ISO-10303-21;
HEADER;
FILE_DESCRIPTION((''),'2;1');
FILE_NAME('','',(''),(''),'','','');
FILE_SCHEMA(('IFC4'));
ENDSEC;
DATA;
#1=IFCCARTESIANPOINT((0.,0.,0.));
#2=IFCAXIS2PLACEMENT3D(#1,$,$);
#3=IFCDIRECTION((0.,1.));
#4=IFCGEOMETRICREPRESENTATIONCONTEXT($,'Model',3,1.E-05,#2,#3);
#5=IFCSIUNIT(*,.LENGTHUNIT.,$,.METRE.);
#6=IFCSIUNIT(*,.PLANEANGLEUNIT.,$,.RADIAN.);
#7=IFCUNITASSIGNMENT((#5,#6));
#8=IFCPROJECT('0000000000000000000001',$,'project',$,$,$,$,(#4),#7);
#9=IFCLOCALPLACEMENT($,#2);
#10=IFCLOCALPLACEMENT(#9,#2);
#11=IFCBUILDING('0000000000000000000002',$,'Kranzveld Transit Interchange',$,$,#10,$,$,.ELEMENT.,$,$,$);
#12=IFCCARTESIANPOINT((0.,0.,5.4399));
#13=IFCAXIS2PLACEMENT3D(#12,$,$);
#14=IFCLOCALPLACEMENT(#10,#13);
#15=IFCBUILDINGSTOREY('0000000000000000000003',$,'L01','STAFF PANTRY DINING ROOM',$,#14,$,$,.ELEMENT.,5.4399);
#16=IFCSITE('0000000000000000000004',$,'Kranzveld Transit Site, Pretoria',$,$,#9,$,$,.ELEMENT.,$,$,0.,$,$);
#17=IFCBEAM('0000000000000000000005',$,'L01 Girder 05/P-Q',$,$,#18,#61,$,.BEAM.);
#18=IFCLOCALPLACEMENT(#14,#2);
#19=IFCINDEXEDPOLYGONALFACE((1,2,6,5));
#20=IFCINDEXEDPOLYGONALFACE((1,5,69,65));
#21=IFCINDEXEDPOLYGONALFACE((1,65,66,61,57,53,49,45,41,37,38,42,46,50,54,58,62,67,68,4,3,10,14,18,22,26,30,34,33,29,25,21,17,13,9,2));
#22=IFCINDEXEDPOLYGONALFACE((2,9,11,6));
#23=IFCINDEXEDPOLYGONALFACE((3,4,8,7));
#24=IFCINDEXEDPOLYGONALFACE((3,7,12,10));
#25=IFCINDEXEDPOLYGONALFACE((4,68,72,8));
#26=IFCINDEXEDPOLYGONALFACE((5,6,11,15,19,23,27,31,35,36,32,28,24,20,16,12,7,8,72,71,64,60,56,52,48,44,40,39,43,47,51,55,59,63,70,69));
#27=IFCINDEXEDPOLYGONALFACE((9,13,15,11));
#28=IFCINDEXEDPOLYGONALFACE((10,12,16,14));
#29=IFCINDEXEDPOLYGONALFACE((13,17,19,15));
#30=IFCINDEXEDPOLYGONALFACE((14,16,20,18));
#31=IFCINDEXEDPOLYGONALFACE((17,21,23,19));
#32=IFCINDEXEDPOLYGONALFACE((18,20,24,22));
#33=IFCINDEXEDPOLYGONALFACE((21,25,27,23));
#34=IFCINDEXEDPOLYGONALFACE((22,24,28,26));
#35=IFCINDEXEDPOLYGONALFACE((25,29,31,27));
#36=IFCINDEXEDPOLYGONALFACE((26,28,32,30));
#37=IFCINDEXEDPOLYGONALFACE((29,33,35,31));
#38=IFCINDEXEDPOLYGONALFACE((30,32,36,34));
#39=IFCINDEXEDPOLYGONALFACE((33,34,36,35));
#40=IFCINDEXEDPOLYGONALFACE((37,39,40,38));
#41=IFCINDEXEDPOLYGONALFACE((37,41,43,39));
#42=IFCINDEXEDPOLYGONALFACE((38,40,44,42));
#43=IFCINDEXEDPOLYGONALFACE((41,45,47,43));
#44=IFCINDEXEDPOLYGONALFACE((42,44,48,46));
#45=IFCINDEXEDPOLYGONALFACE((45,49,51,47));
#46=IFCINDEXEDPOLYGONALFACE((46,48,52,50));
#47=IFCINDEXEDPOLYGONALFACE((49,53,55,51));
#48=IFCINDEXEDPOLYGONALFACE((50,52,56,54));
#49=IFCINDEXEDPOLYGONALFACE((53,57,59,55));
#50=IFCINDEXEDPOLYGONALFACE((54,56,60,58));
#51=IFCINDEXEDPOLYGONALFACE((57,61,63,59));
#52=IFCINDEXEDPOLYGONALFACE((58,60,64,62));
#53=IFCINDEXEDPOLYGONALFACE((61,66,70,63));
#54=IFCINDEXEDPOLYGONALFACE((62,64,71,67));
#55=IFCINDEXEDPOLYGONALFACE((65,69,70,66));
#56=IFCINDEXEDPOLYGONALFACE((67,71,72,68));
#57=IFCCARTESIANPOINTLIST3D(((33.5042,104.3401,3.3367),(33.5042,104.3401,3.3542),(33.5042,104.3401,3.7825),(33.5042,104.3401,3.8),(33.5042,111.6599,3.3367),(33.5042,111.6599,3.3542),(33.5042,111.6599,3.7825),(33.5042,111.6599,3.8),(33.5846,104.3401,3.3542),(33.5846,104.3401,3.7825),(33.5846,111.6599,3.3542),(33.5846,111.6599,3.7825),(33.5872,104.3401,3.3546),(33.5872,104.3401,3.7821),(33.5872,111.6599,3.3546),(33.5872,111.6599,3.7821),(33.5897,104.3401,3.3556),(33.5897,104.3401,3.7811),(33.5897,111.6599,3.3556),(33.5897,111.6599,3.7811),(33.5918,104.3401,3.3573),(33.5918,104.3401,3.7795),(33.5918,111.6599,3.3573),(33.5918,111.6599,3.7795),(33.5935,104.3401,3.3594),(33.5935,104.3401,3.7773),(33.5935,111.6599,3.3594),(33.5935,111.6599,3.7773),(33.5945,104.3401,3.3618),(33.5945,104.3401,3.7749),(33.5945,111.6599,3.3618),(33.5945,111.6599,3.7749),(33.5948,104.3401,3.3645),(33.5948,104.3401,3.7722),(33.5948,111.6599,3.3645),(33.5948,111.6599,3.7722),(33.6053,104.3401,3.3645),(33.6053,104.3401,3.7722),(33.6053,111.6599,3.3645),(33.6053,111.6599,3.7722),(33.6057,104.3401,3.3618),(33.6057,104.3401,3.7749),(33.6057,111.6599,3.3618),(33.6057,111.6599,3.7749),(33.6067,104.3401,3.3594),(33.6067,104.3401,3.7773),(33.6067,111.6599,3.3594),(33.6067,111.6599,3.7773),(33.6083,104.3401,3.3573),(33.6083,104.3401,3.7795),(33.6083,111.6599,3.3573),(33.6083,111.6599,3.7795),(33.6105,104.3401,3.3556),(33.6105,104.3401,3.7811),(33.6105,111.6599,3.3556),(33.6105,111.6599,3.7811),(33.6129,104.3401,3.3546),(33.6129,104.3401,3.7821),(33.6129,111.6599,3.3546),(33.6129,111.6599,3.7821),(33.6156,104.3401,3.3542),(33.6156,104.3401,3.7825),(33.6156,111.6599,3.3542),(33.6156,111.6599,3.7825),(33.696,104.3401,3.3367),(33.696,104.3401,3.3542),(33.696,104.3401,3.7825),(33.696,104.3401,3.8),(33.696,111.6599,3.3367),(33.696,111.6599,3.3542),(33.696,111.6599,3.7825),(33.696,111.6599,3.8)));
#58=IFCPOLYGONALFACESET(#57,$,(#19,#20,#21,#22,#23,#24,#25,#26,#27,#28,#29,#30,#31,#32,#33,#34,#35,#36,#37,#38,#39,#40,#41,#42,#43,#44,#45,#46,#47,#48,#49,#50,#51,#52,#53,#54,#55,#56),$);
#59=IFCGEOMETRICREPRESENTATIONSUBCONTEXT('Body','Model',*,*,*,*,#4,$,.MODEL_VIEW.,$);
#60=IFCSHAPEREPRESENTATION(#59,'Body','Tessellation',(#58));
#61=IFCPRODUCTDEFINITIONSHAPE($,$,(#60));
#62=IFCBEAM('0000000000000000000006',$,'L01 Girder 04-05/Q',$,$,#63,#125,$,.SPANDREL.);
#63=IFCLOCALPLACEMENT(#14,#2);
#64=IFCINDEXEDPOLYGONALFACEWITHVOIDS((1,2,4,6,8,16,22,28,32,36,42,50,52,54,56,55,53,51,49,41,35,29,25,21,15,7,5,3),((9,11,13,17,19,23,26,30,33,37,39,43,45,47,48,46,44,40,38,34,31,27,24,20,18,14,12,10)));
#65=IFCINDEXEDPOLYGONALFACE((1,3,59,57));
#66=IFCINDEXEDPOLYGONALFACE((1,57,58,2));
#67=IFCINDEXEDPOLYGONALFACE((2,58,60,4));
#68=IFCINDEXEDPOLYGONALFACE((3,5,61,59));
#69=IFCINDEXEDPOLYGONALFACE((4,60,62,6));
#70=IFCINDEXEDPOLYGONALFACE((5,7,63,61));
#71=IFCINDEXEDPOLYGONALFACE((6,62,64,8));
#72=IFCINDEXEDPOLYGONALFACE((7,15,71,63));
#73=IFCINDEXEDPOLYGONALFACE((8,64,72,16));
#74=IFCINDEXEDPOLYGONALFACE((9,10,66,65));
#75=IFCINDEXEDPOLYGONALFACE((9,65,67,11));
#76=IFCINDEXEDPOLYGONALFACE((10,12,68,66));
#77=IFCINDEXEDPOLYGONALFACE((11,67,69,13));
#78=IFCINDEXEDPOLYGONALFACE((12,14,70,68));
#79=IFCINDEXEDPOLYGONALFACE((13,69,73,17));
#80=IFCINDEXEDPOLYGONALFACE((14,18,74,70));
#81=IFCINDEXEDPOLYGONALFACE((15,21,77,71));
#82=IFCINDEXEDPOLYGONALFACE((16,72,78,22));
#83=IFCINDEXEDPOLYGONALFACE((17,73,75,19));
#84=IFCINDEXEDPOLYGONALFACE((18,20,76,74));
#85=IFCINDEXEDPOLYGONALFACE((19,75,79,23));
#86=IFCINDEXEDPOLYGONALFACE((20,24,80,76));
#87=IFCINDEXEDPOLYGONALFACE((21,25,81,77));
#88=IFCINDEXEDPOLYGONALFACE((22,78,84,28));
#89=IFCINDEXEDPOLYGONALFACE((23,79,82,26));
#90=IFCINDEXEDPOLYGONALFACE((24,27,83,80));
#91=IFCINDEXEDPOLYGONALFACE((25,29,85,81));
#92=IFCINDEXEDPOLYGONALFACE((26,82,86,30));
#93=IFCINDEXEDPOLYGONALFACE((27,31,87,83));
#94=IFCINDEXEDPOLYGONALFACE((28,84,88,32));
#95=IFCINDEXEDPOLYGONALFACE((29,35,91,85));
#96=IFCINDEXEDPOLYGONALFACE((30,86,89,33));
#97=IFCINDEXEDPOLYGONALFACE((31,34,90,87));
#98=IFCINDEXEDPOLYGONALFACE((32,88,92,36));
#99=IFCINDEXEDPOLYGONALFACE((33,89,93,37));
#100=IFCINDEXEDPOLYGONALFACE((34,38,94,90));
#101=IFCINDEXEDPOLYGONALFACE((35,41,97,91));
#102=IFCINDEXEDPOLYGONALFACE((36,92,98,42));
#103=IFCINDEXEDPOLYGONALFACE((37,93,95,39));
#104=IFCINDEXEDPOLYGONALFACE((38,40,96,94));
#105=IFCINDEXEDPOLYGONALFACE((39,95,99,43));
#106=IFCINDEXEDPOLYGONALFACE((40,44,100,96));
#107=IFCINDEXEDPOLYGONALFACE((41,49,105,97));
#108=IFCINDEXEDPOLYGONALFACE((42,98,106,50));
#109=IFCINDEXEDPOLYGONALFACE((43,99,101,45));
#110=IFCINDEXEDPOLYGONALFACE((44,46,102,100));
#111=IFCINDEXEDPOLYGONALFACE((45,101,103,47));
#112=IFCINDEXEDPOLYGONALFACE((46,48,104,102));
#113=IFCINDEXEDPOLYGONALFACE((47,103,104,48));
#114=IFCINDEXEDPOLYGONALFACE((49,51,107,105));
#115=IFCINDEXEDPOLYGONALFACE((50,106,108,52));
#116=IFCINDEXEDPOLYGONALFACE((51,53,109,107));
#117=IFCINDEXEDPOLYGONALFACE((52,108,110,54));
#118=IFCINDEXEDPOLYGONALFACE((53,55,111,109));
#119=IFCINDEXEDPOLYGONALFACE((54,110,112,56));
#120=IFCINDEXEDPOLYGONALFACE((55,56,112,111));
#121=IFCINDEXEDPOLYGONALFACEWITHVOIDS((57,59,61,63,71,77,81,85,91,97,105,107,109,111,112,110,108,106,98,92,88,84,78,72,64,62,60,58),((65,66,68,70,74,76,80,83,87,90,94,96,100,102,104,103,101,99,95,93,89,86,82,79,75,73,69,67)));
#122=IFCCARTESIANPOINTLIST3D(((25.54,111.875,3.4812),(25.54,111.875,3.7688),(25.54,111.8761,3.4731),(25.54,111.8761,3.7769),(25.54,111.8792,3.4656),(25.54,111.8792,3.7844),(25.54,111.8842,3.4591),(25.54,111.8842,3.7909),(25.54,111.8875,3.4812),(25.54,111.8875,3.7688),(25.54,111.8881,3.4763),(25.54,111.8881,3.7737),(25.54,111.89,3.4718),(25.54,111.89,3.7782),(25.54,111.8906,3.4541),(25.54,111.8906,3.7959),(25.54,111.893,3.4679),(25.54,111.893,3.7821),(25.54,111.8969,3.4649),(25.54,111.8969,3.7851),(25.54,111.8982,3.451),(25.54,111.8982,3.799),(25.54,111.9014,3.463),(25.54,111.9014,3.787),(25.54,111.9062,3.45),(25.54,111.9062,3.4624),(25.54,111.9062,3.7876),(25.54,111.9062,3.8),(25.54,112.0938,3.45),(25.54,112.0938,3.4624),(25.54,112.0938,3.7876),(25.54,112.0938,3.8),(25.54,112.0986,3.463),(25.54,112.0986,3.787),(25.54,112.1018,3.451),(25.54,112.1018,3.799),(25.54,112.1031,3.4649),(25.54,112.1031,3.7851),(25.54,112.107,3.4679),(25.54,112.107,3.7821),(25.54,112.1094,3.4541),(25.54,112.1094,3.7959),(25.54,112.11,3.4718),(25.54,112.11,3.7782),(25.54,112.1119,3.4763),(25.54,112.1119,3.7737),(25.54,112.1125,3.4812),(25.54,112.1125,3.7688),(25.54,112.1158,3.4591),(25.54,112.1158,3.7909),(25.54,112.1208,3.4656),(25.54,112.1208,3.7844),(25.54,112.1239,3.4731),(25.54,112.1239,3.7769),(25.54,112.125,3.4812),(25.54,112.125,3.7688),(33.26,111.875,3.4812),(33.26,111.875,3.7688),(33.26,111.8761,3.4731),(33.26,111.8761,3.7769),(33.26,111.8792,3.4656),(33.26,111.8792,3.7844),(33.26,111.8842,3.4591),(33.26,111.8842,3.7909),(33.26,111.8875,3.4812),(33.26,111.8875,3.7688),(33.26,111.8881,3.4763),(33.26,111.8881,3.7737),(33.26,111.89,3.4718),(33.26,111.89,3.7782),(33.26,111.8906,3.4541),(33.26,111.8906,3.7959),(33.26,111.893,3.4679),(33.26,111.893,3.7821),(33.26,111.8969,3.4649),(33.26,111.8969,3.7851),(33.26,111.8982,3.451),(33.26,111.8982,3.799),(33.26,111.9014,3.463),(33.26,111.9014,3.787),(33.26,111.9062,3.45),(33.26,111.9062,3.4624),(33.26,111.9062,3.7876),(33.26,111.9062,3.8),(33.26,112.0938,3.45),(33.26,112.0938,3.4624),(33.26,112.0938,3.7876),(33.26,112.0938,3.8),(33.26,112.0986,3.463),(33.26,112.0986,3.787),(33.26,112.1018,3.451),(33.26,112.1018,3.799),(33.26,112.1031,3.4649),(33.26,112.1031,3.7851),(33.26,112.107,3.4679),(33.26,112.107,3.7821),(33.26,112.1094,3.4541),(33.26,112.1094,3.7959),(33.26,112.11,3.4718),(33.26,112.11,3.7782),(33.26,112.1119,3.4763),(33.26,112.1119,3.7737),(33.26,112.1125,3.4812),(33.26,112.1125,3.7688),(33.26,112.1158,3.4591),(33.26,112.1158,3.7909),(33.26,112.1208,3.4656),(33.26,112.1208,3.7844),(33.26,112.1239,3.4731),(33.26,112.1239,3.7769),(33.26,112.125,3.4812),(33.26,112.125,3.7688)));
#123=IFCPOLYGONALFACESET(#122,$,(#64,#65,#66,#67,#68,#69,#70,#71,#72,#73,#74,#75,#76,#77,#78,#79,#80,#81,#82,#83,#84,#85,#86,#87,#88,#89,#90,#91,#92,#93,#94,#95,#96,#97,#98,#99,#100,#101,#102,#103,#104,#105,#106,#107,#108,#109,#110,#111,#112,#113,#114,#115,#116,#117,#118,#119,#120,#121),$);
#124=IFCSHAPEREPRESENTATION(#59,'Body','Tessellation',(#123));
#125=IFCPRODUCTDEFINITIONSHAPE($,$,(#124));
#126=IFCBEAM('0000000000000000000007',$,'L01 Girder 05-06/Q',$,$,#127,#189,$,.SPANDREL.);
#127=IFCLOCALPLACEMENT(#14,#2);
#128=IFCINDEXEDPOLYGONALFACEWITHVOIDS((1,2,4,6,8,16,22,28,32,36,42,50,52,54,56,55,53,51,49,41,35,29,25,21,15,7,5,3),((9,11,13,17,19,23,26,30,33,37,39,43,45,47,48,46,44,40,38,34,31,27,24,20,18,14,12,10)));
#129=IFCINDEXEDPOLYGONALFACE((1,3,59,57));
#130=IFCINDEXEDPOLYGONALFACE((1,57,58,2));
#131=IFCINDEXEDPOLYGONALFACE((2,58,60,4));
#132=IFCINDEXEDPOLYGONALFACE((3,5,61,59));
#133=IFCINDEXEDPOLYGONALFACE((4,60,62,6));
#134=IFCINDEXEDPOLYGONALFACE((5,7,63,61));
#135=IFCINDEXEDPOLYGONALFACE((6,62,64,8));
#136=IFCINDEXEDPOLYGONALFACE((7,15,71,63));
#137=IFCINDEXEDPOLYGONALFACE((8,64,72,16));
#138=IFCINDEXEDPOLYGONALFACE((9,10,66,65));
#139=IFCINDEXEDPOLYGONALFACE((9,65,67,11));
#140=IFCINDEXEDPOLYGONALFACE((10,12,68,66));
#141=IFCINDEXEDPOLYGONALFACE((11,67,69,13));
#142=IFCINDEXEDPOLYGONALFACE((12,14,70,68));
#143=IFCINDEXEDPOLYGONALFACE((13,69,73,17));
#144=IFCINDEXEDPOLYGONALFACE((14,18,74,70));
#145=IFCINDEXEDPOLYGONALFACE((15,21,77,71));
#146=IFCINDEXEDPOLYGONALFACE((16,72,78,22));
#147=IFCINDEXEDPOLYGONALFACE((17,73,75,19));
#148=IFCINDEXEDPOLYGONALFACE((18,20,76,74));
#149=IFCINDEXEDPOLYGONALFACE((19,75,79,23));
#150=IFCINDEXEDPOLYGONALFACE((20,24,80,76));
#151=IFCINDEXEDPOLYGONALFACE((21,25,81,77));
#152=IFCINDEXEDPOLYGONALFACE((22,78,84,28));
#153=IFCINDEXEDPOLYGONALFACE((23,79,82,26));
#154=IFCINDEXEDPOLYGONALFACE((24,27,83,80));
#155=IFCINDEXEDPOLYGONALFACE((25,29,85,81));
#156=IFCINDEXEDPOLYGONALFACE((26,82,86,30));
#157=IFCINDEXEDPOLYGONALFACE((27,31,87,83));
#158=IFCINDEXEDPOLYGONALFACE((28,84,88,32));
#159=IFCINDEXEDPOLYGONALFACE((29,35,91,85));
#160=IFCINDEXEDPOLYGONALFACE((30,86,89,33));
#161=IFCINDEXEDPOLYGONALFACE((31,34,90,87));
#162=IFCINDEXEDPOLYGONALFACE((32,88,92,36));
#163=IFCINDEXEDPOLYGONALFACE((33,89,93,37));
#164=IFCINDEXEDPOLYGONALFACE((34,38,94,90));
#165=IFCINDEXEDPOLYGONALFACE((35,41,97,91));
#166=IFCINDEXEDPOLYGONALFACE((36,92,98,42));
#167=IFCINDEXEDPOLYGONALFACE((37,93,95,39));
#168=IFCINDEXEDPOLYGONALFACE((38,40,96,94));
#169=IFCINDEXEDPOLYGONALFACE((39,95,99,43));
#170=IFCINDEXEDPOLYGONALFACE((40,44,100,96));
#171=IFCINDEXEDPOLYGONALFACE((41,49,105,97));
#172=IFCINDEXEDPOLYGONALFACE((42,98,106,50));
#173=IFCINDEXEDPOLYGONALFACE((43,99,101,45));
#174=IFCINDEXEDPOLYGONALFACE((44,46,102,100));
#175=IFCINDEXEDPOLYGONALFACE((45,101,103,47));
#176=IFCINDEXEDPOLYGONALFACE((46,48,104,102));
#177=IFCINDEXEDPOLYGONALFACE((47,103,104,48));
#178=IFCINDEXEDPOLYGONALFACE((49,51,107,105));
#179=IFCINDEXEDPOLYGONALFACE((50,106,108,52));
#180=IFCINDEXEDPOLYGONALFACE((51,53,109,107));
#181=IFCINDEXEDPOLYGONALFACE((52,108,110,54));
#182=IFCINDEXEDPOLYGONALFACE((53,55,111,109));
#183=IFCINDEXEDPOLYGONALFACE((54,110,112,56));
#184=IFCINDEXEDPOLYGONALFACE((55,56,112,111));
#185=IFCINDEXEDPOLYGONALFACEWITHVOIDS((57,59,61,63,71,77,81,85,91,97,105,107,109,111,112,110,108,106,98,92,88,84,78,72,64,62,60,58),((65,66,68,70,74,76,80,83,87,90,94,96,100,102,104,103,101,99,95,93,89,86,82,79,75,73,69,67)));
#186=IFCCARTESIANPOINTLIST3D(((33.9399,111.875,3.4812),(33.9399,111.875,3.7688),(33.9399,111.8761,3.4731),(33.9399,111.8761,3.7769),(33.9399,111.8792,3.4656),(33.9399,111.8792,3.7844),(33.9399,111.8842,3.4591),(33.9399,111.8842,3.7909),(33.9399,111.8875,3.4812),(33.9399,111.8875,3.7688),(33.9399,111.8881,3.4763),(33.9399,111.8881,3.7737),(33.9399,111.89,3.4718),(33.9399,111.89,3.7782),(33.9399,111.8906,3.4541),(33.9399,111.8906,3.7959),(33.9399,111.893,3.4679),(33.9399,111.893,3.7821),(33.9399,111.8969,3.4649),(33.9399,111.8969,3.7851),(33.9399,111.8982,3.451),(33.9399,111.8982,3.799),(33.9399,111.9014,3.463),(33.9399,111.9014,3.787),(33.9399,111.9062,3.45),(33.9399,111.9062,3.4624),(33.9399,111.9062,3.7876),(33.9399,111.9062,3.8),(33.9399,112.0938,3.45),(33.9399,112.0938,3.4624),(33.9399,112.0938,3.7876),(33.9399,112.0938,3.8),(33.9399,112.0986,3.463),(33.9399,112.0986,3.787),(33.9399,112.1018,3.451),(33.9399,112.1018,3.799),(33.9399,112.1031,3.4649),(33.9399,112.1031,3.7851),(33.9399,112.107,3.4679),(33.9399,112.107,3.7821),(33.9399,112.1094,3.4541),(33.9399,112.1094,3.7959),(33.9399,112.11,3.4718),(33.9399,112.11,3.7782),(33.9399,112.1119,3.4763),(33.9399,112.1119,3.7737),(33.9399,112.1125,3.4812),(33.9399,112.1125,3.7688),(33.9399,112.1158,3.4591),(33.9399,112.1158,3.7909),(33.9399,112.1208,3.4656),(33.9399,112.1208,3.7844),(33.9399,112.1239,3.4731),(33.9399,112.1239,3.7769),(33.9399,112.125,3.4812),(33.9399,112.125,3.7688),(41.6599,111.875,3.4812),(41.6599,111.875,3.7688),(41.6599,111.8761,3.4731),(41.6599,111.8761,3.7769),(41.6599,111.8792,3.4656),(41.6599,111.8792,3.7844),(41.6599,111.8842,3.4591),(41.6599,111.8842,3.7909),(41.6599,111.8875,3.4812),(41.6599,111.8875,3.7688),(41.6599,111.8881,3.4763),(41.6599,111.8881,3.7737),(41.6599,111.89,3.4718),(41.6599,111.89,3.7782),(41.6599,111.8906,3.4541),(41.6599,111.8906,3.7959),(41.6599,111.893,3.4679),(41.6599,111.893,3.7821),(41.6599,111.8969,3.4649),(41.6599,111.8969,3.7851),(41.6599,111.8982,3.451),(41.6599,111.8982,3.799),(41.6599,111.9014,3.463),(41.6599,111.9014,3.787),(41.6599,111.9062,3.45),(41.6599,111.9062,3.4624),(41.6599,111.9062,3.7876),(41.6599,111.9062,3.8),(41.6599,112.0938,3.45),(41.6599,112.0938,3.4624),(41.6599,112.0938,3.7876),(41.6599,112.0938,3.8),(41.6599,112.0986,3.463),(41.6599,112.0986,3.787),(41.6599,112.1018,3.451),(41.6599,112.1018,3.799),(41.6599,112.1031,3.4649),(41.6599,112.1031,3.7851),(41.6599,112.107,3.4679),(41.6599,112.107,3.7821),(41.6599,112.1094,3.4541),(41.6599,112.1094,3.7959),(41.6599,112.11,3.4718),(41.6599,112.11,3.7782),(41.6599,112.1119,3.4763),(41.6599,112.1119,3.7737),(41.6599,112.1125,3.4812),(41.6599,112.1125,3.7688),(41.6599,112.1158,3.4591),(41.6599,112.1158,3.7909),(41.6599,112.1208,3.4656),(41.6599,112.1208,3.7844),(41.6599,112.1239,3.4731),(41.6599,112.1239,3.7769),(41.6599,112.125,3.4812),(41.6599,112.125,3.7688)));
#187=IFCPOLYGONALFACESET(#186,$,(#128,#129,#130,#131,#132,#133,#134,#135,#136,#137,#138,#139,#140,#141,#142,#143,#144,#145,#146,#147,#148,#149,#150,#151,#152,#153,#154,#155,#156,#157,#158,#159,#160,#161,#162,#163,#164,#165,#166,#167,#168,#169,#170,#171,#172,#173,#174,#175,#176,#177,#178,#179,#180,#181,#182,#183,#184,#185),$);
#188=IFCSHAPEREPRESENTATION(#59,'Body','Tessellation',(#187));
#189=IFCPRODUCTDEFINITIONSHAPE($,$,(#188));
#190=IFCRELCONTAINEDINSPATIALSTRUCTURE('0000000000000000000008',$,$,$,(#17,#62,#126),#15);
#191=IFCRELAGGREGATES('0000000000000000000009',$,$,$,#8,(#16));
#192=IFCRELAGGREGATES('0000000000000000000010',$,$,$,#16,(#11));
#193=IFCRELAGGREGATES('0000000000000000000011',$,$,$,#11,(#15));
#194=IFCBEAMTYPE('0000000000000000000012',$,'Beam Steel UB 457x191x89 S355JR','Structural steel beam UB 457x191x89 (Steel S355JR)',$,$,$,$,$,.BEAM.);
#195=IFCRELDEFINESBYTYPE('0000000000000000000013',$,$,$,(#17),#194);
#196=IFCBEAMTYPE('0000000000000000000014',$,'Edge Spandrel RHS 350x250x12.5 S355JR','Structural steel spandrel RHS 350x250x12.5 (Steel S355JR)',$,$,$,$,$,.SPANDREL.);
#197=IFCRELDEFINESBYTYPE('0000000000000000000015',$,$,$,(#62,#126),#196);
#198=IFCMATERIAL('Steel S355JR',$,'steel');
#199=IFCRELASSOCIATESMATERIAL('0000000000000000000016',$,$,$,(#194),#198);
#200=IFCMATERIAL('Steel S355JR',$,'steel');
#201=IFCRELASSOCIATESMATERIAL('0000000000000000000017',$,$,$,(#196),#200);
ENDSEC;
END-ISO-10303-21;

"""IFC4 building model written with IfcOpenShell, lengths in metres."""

from ifc_helpers import new_model, si_unit, direction, frame, origin, origin_2d, place, context, subcontext, project, spatial, hollow_rectangle, i_section, extrude, material, material_profile, profile_set, type_object, element, save


model = new_model("IFC4")

# Units and contexts
model_context = context("Model", 3, precision=1e-05, world=origin(), true_north=direction((0.0, 1.0)))
body_context = subcontext(model_context, "Body", "Model", "MODEL_VIEW")
ifc_project = project(units=[si_unit("LENGTHUNIT", "METRE"), si_unit("PLANEANGLEUNIT", "RADIAN")], contexts=[model_context])

# Site, building, storey
site_placement = place(None, origin())
site = spatial("IfcSite", under=ifc_project, at=site_placement, Name="Kranzveld Transit Site, Pretoria", CompositionType="ELEMENT", RefElevation=0.0)
building_placement = place(site_placement, origin())
building = spatial("IfcBuilding", under=site, at=building_placement, Name="Kranzveld Transit Interchange", CompositionType="ELEMENT")
storey_placement = place(building_placement, frame((0.0, 0.0, 5.4399)))
storey = spatial("IfcBuildingStorey", under=building, at=storey_placement, Name="L01", Description="STAFF PANTRY DINING ROOM", CompositionType="ELEMENT", Elevation=5.4399)

# Beams
ifc_material_1 = material(Name="Steel S355JR", Category="steel")
ifc_material_profile_1 = material_profile(ifc_material_1, i_section(OverallWidth=0.1919, OverallDepth=0.4634, WebThickness=0.0105, FlangeThickness=0.0176, FilletRadius=0.0103, at=origin_2d()), Name="UB 457x191x89")
ifc_profile_set_1 = profile_set([ifc_material_profile_1], Name="Steel S355JR")
beam_type_1 = type_object("IfcBeamType", Name="Beam Steel UB 457x191x89 S355JR", Description="Structural steel beam UB 457x191x89 (Steel S355JR)", PredefinedType="BEAM", material=ifc_profile_set_1)
for number, where, z_axis, x_axis, name in (
    (1, (33.6001, 104.3401, 3.5684), (0.0, 1.0, 0.0), (-1.0, 0.0, 0.0), "L01 Girder 05/P-Q"),
):
    element("IfcBeam", number, at=place(storey_placement, frame(where, z_axis=z_axis, x_axis=x_axis)), inside=storey, type_object=beam_type_1, Name=name, PredefinedType="BEAM", context=body_context, shape_type="SweptSolid", body=[
        extrude(i_section(OverallWidth=0.1919, OverallDepth=0.4634, WebThickness=0.0105, FlangeThickness=0.0176, FilletRadius=0.0103, at=origin_2d()), origin(), (0.0, 0.0, 1.0), 7.3198),
    ])
ifc_material_2 = material(Name="Steel S355JR", Category="steel")
ifc_material_profile_2 = material_profile(ifc_material_2, hollow_rectangle(XDim=0.25, YDim=0.3501, WallThickness=0.0125, InnerFilletRadius=0.0188, OuterFilletRadius=0.0312, at=origin_2d()), Name="RHS 350x250x12.5")
ifc_profile_set_2 = profile_set([ifc_material_profile_2], Name="Steel S355JR")
beam_type_2 = type_object("IfcBeamType", Name="Edge Spandrel RHS 350x250x12.5 S355JR", Description="Structural steel spandrel RHS 350x250x12.5 (Steel S355JR)", PredefinedType="SPANDREL", material=ifc_profile_set_2)
for number, where, z_axis, x_axis, name in (
    (2, (25.54, 112.0, 3.625), (1.0, 0.0, 0.0), (0.0, 1.0, 0.0), "L01 Girder 04-05/Q"),
    (3, (33.9399, 112.0, 3.625), (1.0, 0.0, 0.0), (0.0, 1.0, 0.0), "L01 Girder 05-06/Q"),
):
    element("IfcBeam", number, at=place(storey_placement, frame(where, z_axis=z_axis, x_axis=x_axis)), inside=storey, type_object=beam_type_2, Name=name, PredefinedType="SPANDREL", context=body_context, shape_type="SweptSolid", body=[
        extrude(hollow_rectangle(XDim=0.25, YDim=0.3501, WallThickness=0.0125, InnerFilletRadius=0.0188, OuterFilletRadius=0.0312, at=origin_2d()), origin(), (0.0, 0.0, 1.0), 7.72),
    ])

save(model, "model.ifc")
